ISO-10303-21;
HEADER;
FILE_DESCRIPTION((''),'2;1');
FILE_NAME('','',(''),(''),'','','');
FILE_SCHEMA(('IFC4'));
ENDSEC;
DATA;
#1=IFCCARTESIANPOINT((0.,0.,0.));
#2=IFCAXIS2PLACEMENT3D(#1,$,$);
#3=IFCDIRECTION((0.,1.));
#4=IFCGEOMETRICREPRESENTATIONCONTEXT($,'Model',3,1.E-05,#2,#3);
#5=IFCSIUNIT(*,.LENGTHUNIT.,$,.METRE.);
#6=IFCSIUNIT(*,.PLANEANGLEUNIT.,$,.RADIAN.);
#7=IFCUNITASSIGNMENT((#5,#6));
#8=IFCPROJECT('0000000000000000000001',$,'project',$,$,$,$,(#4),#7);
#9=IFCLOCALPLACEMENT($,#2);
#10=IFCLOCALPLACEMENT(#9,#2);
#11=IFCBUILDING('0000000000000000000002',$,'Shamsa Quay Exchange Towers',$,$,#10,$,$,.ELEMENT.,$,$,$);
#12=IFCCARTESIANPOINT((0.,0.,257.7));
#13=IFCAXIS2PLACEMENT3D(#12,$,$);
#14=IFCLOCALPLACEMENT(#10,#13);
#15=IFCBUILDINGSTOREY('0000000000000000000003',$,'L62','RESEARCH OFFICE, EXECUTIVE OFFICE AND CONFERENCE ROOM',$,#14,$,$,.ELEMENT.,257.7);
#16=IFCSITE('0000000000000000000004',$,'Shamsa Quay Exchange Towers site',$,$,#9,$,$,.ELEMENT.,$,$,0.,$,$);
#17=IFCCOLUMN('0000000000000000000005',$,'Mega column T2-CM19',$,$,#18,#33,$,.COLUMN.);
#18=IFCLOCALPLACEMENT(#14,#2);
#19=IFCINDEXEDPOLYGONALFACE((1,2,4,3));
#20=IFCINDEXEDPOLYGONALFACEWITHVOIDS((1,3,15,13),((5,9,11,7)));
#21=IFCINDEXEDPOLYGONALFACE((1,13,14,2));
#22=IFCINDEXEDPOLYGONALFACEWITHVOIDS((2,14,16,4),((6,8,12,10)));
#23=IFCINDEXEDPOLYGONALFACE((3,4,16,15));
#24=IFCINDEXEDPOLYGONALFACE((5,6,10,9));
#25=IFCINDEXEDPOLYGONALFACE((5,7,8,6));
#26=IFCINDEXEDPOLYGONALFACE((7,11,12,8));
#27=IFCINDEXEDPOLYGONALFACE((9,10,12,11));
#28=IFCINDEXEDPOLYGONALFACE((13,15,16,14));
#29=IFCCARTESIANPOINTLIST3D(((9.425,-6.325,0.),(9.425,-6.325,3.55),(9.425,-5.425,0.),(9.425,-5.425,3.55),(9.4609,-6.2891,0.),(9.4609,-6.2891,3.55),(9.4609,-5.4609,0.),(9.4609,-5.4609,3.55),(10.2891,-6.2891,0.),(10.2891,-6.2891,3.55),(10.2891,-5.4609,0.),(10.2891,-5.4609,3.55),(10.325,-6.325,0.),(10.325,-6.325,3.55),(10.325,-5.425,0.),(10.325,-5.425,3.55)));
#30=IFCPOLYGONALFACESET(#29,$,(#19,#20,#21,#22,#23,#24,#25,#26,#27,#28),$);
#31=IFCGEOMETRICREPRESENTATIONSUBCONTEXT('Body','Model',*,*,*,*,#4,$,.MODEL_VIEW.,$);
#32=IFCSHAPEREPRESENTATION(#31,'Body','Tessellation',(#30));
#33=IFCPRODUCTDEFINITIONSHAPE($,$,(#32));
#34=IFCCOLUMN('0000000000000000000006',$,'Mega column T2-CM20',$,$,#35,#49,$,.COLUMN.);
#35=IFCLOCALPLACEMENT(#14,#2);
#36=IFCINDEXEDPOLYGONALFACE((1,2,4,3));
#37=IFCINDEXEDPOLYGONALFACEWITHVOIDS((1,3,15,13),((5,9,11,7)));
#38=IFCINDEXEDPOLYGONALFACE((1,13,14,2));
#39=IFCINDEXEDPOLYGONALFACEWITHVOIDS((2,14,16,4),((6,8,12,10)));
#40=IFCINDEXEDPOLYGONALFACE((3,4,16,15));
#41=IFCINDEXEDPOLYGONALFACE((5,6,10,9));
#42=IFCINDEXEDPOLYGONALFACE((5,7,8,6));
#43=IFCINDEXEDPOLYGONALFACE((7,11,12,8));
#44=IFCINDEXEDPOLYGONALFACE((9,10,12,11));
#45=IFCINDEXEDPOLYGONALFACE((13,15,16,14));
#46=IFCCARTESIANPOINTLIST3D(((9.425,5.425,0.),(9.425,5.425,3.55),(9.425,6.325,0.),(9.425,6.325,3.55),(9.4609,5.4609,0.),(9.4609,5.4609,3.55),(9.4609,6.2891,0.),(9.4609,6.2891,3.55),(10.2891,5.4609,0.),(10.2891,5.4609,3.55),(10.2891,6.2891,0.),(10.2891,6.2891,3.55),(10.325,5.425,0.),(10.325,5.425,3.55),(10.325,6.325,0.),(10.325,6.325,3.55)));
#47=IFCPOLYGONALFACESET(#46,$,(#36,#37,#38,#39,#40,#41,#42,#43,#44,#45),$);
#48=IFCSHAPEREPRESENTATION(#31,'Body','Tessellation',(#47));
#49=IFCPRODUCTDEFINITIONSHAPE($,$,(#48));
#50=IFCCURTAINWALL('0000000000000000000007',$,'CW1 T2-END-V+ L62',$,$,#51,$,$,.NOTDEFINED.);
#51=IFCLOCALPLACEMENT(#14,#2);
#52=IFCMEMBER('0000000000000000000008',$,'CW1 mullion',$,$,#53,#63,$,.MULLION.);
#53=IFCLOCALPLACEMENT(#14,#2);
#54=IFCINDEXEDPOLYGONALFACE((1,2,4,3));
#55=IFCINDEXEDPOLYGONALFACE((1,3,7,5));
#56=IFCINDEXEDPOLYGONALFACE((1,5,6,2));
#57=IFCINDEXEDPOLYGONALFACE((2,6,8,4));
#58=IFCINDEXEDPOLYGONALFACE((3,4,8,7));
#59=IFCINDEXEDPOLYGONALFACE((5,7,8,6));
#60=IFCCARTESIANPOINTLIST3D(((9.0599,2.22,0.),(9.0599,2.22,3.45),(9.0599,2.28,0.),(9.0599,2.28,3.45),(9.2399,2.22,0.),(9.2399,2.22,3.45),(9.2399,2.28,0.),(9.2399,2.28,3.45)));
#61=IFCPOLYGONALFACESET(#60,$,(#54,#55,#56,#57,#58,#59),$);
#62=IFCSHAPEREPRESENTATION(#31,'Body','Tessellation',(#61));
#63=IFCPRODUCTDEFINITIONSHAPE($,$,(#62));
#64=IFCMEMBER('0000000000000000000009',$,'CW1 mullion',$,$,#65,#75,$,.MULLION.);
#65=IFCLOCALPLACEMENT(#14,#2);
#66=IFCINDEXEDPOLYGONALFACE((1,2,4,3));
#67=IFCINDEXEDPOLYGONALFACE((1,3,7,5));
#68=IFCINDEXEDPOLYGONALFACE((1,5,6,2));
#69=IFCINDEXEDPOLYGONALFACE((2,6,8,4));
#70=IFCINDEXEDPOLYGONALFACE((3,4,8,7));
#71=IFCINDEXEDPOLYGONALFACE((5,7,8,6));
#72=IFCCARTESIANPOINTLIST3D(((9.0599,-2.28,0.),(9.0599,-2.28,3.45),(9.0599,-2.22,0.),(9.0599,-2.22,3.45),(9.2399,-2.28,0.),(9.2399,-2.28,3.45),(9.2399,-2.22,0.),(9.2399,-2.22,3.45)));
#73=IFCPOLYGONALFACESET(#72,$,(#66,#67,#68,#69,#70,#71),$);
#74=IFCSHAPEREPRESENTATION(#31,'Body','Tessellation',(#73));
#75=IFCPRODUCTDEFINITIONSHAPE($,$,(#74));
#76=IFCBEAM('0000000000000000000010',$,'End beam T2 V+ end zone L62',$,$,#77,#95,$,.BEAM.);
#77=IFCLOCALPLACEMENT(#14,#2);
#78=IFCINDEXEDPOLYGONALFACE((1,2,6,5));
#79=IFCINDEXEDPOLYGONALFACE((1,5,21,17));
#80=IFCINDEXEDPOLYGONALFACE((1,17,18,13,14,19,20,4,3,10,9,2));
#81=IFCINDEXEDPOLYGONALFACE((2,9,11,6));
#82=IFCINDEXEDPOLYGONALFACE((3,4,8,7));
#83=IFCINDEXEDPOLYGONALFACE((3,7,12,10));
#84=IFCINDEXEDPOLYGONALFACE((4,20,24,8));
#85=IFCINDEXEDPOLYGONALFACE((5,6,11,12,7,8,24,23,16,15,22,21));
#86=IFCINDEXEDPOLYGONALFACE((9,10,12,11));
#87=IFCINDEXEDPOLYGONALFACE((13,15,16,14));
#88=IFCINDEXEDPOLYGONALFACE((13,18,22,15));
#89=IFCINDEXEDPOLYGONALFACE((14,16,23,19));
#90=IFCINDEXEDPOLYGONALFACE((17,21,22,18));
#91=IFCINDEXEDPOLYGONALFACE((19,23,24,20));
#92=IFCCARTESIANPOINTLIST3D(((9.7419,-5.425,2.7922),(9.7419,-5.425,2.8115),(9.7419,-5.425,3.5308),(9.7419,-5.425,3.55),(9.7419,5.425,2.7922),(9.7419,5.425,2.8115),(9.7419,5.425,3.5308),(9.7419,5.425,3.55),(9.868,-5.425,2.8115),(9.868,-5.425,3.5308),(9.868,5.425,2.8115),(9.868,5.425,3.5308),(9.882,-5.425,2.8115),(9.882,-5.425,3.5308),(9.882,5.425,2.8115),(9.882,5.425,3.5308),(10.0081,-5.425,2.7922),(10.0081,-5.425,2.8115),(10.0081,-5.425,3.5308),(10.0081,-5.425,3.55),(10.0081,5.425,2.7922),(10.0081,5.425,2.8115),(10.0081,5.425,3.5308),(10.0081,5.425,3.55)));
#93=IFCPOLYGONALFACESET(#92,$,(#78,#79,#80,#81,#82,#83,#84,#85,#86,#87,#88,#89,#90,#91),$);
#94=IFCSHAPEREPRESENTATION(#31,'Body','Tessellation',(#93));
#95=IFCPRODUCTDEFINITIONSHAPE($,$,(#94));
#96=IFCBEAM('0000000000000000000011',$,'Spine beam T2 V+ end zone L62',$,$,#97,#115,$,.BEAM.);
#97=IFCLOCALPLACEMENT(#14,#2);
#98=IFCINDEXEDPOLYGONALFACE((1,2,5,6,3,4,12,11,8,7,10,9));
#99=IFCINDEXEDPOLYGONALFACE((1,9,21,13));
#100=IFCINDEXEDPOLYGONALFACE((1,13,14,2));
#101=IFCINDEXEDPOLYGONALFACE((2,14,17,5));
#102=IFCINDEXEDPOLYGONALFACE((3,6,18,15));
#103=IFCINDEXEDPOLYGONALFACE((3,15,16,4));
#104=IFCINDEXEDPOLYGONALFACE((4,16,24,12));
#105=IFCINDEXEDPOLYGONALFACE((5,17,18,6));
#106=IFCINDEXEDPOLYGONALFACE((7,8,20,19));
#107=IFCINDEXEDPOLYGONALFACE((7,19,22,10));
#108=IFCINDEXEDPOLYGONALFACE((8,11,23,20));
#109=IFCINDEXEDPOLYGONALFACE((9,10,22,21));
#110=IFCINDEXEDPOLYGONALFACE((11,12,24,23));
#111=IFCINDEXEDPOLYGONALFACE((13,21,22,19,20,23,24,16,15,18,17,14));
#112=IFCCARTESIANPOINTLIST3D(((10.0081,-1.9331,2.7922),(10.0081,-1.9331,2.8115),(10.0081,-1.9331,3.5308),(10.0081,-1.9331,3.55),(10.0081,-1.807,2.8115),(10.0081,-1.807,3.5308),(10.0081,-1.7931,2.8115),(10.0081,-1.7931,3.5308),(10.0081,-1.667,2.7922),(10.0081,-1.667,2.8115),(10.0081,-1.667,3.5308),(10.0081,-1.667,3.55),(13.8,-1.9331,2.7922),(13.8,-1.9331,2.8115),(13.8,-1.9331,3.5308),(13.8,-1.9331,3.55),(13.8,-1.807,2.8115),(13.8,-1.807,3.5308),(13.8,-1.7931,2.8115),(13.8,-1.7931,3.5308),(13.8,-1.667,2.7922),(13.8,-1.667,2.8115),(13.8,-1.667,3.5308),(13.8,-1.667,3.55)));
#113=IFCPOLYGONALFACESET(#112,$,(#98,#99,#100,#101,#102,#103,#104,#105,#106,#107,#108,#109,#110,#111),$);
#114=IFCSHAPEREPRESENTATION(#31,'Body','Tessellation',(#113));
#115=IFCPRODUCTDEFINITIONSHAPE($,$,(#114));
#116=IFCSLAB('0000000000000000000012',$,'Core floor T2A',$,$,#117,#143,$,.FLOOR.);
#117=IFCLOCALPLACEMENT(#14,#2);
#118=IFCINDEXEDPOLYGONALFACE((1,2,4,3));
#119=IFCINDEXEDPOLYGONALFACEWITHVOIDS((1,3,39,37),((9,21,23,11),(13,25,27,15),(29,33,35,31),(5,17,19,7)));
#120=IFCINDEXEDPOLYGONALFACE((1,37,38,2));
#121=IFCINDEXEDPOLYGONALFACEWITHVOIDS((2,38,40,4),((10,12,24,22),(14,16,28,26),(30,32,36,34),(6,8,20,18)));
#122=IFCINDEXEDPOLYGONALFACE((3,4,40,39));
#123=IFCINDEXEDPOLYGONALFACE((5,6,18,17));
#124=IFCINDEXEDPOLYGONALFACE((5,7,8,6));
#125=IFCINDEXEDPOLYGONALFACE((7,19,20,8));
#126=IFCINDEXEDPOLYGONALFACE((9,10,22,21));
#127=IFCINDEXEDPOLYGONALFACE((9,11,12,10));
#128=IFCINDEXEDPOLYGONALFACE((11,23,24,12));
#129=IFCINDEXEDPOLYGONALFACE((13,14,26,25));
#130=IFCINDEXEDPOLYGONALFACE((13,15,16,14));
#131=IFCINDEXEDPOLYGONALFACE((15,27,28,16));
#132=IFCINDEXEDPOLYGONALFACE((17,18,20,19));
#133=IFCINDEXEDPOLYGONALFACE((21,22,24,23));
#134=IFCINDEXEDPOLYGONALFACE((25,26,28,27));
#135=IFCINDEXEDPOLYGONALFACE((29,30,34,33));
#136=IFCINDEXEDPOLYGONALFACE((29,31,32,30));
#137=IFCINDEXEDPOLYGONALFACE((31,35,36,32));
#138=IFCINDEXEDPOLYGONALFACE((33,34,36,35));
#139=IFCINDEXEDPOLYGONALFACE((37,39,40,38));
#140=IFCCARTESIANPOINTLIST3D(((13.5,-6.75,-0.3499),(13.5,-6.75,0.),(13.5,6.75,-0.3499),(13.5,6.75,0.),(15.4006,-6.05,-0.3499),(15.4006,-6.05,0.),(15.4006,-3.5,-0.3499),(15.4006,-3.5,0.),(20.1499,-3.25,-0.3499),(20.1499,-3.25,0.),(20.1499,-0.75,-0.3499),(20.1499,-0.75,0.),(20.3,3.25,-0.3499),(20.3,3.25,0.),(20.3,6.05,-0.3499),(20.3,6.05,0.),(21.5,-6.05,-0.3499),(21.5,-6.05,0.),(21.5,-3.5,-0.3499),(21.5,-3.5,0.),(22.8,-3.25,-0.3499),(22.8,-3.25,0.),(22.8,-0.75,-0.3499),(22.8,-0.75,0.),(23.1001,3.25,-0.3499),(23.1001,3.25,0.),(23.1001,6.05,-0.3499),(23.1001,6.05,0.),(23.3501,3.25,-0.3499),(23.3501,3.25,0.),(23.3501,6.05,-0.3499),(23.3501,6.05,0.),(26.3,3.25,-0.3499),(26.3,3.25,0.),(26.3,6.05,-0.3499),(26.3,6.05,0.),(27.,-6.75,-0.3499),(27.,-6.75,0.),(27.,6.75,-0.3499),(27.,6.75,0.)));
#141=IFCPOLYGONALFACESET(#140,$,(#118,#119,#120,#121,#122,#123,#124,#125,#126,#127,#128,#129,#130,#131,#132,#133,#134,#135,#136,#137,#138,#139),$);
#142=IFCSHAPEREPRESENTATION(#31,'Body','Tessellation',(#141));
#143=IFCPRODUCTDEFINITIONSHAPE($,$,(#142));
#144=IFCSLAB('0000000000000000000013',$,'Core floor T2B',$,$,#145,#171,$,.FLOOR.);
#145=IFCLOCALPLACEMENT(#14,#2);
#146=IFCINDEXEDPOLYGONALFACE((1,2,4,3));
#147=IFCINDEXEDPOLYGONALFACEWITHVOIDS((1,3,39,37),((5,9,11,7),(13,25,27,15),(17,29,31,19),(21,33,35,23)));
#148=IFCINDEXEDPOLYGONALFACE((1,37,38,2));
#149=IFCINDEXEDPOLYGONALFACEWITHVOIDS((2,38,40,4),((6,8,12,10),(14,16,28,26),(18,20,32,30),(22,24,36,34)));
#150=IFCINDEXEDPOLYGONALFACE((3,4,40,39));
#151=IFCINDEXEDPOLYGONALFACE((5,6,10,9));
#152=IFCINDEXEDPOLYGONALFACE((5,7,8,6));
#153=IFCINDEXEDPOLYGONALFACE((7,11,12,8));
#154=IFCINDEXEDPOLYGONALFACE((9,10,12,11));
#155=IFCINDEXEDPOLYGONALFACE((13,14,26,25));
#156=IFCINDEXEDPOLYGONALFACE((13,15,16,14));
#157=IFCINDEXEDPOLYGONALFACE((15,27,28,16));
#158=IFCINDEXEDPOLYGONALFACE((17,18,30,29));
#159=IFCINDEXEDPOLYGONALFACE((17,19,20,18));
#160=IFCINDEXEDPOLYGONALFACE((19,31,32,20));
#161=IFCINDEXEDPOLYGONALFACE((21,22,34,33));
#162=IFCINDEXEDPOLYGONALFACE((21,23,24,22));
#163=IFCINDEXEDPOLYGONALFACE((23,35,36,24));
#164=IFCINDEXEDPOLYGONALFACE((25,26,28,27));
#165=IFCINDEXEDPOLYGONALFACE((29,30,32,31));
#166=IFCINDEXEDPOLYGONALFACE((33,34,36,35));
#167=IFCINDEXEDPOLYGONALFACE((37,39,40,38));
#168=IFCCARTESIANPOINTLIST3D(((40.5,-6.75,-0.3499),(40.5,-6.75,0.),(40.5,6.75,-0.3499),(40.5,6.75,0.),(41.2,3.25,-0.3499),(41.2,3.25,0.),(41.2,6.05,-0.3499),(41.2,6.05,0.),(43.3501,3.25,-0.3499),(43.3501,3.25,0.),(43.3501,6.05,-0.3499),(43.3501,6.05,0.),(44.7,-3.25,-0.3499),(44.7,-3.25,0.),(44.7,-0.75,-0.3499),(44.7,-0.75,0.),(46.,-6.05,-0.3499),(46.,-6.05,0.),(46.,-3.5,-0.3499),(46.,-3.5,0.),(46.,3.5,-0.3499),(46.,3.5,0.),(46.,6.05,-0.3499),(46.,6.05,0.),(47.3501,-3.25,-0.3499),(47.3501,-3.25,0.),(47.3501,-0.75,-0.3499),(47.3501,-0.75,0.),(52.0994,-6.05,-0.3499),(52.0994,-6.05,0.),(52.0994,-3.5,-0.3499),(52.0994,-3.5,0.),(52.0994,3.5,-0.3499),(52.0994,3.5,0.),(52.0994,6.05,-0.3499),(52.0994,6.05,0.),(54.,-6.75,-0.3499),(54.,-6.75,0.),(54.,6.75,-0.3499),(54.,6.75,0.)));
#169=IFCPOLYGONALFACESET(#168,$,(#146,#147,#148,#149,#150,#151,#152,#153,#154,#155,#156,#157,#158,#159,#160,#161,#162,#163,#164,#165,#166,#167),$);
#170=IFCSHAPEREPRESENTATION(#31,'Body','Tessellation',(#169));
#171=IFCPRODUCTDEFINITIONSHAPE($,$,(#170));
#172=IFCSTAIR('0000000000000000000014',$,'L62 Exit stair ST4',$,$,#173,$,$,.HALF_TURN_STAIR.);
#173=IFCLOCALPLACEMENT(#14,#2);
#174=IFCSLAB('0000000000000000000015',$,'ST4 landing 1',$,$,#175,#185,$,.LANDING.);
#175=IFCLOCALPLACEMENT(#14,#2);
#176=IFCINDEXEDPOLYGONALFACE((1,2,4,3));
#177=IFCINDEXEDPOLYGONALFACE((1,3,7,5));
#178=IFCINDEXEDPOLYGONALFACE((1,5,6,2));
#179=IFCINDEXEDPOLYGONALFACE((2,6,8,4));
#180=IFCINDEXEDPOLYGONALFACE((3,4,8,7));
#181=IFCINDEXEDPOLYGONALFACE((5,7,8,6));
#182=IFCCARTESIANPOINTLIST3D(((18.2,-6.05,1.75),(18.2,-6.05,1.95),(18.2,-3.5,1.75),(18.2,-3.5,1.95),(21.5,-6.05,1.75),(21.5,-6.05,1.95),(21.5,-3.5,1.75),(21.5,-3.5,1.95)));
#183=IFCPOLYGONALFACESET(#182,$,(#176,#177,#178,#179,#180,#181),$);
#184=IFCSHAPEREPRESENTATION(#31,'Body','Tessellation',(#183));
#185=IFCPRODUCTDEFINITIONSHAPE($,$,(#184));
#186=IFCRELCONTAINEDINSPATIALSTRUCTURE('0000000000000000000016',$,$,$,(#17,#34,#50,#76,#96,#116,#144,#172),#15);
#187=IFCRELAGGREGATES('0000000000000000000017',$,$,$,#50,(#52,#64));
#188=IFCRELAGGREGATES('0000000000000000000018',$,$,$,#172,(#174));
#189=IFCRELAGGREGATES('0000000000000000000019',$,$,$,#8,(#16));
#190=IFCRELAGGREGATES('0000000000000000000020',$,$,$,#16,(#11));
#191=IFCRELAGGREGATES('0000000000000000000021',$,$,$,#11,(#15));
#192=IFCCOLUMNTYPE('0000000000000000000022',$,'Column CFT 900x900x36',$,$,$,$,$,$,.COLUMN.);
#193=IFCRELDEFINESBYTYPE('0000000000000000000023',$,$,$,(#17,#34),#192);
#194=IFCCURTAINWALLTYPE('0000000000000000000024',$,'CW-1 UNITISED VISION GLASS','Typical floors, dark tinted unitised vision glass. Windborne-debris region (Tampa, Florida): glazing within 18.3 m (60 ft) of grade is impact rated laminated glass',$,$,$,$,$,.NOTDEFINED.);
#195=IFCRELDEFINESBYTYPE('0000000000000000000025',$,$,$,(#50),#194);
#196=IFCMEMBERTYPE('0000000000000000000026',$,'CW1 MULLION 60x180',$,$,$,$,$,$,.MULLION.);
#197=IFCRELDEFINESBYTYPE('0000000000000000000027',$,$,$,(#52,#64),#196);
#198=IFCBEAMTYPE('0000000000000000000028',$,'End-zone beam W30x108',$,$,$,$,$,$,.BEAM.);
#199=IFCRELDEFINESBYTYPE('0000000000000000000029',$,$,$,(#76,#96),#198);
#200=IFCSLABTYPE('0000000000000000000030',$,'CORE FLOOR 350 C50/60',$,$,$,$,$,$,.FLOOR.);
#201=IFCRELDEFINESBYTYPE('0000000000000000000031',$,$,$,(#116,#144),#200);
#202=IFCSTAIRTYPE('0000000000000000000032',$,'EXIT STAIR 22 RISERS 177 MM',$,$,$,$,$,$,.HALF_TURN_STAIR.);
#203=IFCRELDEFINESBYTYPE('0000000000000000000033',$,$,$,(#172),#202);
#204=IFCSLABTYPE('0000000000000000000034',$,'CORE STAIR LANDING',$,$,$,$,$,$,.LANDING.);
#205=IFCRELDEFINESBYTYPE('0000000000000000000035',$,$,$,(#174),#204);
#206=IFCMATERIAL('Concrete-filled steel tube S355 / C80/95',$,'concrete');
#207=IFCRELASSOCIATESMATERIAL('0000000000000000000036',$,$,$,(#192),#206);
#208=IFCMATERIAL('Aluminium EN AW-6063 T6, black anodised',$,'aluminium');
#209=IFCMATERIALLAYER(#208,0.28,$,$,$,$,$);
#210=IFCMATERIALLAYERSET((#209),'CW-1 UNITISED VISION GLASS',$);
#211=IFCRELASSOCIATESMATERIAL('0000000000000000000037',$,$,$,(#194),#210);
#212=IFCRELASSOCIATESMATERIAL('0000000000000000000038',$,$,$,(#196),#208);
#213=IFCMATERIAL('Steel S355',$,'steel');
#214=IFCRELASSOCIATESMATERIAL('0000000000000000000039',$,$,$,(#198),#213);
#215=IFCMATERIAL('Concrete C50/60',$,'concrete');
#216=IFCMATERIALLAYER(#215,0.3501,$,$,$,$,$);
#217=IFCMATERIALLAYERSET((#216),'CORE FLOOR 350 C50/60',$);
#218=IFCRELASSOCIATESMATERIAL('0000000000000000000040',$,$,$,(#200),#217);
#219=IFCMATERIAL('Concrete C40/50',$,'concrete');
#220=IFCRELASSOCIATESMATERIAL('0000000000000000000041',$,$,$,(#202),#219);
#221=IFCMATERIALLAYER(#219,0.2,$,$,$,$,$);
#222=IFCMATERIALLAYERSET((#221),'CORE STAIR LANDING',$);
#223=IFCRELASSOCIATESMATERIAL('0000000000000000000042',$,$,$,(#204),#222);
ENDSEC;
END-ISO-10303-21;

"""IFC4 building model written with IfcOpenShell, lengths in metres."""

from ifc_helpers import new_model, si_unit, direction, frame, origin, origin_2d, place, context, subcontext, project, spatial, polyline, rectangle, hollow_rectangle, i_section, outline, extrude, material, layer, layer_set, material_profile, profile_set, type_object, element, aggregate, save


model = new_model("IFC4")

# Units and contexts
model_context = context("Model", 3, precision=1e-05, world=origin(), true_north=direction((0.0, 1.0)))
body_context = subcontext(model_context, "Body", "Model", "MODEL_VIEW")
ifc_project = project(units=[si_unit("LENGTHUNIT", "METRE"), si_unit("PLANEANGLEUNIT", "RADIAN")], contexts=[model_context])

# Site, building, storey
site_placement = place(None, origin())
site = spatial("IfcSite", under=ifc_project, at=site_placement, Name="Shamsa Quay Exchange Towers site", CompositionType="ELEMENT", RefElevation=0.0)
building_placement = place(site_placement, origin())
building = spatial("IfcBuilding", under=site, at=building_placement, Name="Shamsa Quay Exchange Towers", CompositionType="ELEMENT")
storey_placement = place(building_placement, frame((0.0, 0.0, 257.7)))
storey = spatial("IfcBuildingStorey", under=building, at=storey_placement, Name="L62", Description="RESEARCH OFFICE, EXECUTIVE OFFICE AND CONFERENCE ROOM", CompositionType="ELEMENT", Elevation=257.7)

# Columns
ifc_material_1 = material(Name="Concrete-filled steel tube S355 / C80/95", Category="concrete")
ifc_material_profile_1 = material_profile(ifc_material_1, hollow_rectangle(XDim=0.8999, YDim=0.8999, WallThickness=0.0359, at=origin_2d()), Name="CFT 900x900x36")
ifc_profile_set_1 = profile_set([ifc_material_profile_1], Name="Concrete-filled steel tube S355 / C80/95")
column_type = type_object("IfcColumnType", Name="Column CFT 900x900x36", PredefinedType="COLUMN", material=ifc_profile_set_1)
for number, where, name in (
    (1, (9.875, -5.875, 0.0), "Mega column T2-CM19"),
    (2, (9.875, 5.875, 0.0), "Mega column T2-CM20"),
):
    element("IfcColumn", number, at=place(storey_placement, frame(where)), inside=storey, type_object=column_type, Name=name, PredefinedType="COLUMN", context=body_context, shape_type="SweptSolid", body=[
        extrude(hollow_rectangle(XDim=0.8999, YDim=0.8999, WallThickness=0.0359, at=origin_2d()), origin(), (0.0, 0.0, 1.0), 3.55),
    ])

# Curtain wall, members
ifc_material_2 = material(Name="Aluminium EN AW-6063 T6, black anodised", Category="aluminium")
ifc_layer_1 = layer(ifc_material_2, 0.28)
ifc_layer_set_1 = layer_set([ifc_layer_1], Name="CW-1 UNITISED VISION GLASS")
curtain_wall_type = type_object("IfcCurtainWallType", Name="CW-1 UNITISED VISION GLASS", Description="Typical floors, dark tinted unitised vision glass. Windborne-debris region (Tampa, Florida): glazing within 18.3 m (60 ft) of grade is impact rated laminated glass", PredefinedType="NOTDEFINED", material=ifc_layer_set_1)
curtain_wall_1_placement = place(storey_placement, origin())
curtain_wall_1 = element("IfcCurtainWall", 3, at=curtain_wall_1_placement, inside=storey, type_object=curtain_wall_type, Name="CW1 T2-END-V+ L62", PredefinedType="NOTDEFINED")
ifc_material_profile_2 = material_profile(ifc_material_2, rectangle(XDim=0.1799, YDim=0.0601, at=origin_2d()), Name="MU60x180")
ifc_profile_set_2 = profile_set([ifc_material_profile_2], Name="Aluminium EN AW-6063 T6, black anodised")
member_type = type_object("IfcMemberType", Name="CW1 MULLION 60x180", PredefinedType="MULLION", material=ifc_profile_set_2)
member_1_placement = place(storey_placement, frame((9.1499, 2.25, 0.0)))
member_1 = element("IfcMember", 4, at=member_1_placement, type_object=member_type, Name="CW1 mullion", PredefinedType="MULLION", context=body_context, shape_type="SweptSolid", body=[
    extrude(rectangle(XDim=0.1799, YDim=0.0601, at=origin_2d()), origin(), (0.0, 0.0, 1.0), 3.45),
])
member_2_placement = place(storey_placement, frame((9.1499, -2.25, 0.0)))
member_2 = element("IfcMember", 5, at=member_2_placement, type_object=member_type, Name="CW1 mullion", PredefinedType="MULLION", context=body_context, shape_type="SweptSolid", body=[
    extrude(rectangle(XDim=0.1799, YDim=0.0601, at=origin_2d()), origin(), (0.0, 0.0, 1.0), 3.45),
])

# Beams
ifc_material_3 = material(Name="Steel S355", Category="steel")
ifc_material_profile_3 = material_profile(ifc_material_3, i_section(OverallWidth=0.2661, OverallDepth=0.7578, WebThickness=0.0139, FlangeThickness=0.0193, at=origin_2d()), Name="W30x108")
ifc_profile_set_3 = profile_set([ifc_material_profile_3], Name="Steel S355")
beam_type = type_object("IfcBeamType", Name="End-zone beam W30x108", PredefinedType="BEAM", material=ifc_profile_set_3)
beam_1_placement = place(storey_placement, frame((9.875, -5.425, 3.1711), z_axis=(0.0, 1.0, 0.0), x_axis=(-1.0, 0.0, 0.0)))
element("IfcBeam", 6, at=beam_1_placement, inside=storey, type_object=beam_type, Name="End beam T2 V+ end zone L62", PredefinedType="BEAM", context=body_context, shape_type="SweptSolid", body=[
    extrude(i_section(OverallWidth=0.2661, OverallDepth=0.7578, WebThickness=0.0139, FlangeThickness=0.0193, at=origin_2d()), origin(), (0.0, 0.0, 1.0), 10.8501),
])
beam_2_placement = place(storey_placement, frame((13.8, -1.8, 3.1711), z_axis=(-1.0, 0.0, 0.0), x_axis=(0.0, -1.0, 0.0)))
element("IfcBeam", 7, at=beam_2_placement, inside=storey, type_object=beam_type, Name="Spine beam T2 V+ end zone L62", PredefinedType="BEAM", context=body_context, shape_type="SweptSolid", body=[
    extrude(i_section(OverallWidth=0.2661, OverallDepth=0.7578, WebThickness=0.0139, FlangeThickness=0.0193, at=origin_2d()), origin(), (0.0, 0.0, 1.0), 3.792),
])

# Slabs
ifc_material_4 = material(Name="Concrete C50/60", Category="concrete")
ifc_layer_2 = layer(ifc_material_4, 0.3501)
ifc_layer_set_2 = layer_set([ifc_layer_2], Name="CORE FLOOR 350 C50/60")
slab_type_1 = type_object("IfcSlabType", Name="CORE FLOOR 350 C50/60", PredefinedType="FLOOR", material=ifc_layer_set_2)
slab_1_placement = place(storey_placement, frame((0.0, 0.0, -0.3499)))
element("IfcSlab", 8, at=slab_1_placement, inside=storey, type_object=slab_type_1, Name="Core floor T2A", PredefinedType="FLOOR", context=body_context, shape_type="SweptSolid", body=[
    extrude(outline(polyline([(13.5, -6.75), (27.0, -6.75), (27.0, 6.75), (13.5, 6.75), (13.5, -6.75)]), holes=[polyline([(15.4006, -6.05), (15.4006, -3.5), (21.5, -3.5), (21.5, -6.05), (15.4006, -6.05)]), polyline([(20.3, 3.25), (20.3, 6.05), (23.1001, 6.05), (23.1001, 3.25), (20.3, 3.25)]), polyline([(23.3501, 3.25), (23.3501, 6.05), (26.3, 6.05), (26.3, 3.25), (23.3501, 3.25)]), polyline([(20.1499, -3.25), (20.1499, -0.75), (22.8, -0.75), (22.8, -3.25), (20.1499, -3.25)])]), origin(), (0.0, 0.0, 1.0), 0.3499),
])
slab_2_placement = place(storey_placement, frame((0.0, 0.0, -0.3499)))
element("IfcSlab", 9, at=slab_2_placement, inside=storey, type_object=slab_type_1, Name="Core floor T2B", PredefinedType="FLOOR", context=body_context, shape_type="SweptSolid", body=[
    extrude(outline(polyline([(54.0, -6.75), (54.0, 6.75), (40.5, 6.75), (40.5, -6.75), (54.0, -6.75)]), holes=[polyline([(52.0994, -3.5), (52.0994, -6.05), (46.0, -6.05), (46.0, -3.5), (52.0994, -3.5)]), polyline([(52.0994, 6.05), (52.0994, 3.5), (46.0, 3.5), (46.0, 6.05), (52.0994, 6.05)]), polyline([(43.3501, 3.25), (41.2, 3.25), (41.2, 6.05), (43.3501, 6.05), (43.3501, 3.25)]), polyline([(47.3501, -3.25), (44.7, -3.25), (44.7, -0.75), (47.3501, -0.75), (47.3501, -3.25)])]), origin(), (0.0, 0.0, 1.0), 0.3499),
])

# Stair, slab
ifc_material_5 = material(Name="Concrete C40/50", Category="concrete")
stair_type = type_object("IfcStairType", Name="EXIT STAIR 22 RISERS 177 MM", PredefinedType="HALF_TURN_STAIR", material=ifc_material_5)
stair_1_placement = place(storey_placement, origin())
stair_1 = element("IfcStair", 10, at=stair_1_placement, inside=storey, type_object=stair_type, Name="L62 Exit stair ST4", PredefinedType="HALF_TURN_STAIR")
ifc_layer_3 = layer(ifc_material_5, 0.2)
ifc_layer_set_3 = layer_set([ifc_layer_3], Name="CORE STAIR LANDING")
slab_type_2 = type_object("IfcSlabType", Name="CORE STAIR LANDING", PredefinedType="LANDING", material=ifc_layer_set_3)
slab_3_placement = place(storey_placement, frame((0.0, 0.0, 1.75)))
slab_3 = element("IfcSlab", 11, at=slab_3_placement, type_object=slab_type_2, Name="ST4 landing 1", PredefinedType="LANDING", context=body_context, shape_type="SweptSolid", body=[
    extrude(outline(polyline([(18.2, -6.05), (21.5, -6.05), (21.5, -3.5), (18.2, -3.5), (18.2, -6.05)])), origin(), (0.0, 0.0, 1.0), 0.2),
])

aggregate(curtain_wall_1, [member_1, member_2])

aggregate(stair_1, [slab_3])

save(model, "model.ifc")
